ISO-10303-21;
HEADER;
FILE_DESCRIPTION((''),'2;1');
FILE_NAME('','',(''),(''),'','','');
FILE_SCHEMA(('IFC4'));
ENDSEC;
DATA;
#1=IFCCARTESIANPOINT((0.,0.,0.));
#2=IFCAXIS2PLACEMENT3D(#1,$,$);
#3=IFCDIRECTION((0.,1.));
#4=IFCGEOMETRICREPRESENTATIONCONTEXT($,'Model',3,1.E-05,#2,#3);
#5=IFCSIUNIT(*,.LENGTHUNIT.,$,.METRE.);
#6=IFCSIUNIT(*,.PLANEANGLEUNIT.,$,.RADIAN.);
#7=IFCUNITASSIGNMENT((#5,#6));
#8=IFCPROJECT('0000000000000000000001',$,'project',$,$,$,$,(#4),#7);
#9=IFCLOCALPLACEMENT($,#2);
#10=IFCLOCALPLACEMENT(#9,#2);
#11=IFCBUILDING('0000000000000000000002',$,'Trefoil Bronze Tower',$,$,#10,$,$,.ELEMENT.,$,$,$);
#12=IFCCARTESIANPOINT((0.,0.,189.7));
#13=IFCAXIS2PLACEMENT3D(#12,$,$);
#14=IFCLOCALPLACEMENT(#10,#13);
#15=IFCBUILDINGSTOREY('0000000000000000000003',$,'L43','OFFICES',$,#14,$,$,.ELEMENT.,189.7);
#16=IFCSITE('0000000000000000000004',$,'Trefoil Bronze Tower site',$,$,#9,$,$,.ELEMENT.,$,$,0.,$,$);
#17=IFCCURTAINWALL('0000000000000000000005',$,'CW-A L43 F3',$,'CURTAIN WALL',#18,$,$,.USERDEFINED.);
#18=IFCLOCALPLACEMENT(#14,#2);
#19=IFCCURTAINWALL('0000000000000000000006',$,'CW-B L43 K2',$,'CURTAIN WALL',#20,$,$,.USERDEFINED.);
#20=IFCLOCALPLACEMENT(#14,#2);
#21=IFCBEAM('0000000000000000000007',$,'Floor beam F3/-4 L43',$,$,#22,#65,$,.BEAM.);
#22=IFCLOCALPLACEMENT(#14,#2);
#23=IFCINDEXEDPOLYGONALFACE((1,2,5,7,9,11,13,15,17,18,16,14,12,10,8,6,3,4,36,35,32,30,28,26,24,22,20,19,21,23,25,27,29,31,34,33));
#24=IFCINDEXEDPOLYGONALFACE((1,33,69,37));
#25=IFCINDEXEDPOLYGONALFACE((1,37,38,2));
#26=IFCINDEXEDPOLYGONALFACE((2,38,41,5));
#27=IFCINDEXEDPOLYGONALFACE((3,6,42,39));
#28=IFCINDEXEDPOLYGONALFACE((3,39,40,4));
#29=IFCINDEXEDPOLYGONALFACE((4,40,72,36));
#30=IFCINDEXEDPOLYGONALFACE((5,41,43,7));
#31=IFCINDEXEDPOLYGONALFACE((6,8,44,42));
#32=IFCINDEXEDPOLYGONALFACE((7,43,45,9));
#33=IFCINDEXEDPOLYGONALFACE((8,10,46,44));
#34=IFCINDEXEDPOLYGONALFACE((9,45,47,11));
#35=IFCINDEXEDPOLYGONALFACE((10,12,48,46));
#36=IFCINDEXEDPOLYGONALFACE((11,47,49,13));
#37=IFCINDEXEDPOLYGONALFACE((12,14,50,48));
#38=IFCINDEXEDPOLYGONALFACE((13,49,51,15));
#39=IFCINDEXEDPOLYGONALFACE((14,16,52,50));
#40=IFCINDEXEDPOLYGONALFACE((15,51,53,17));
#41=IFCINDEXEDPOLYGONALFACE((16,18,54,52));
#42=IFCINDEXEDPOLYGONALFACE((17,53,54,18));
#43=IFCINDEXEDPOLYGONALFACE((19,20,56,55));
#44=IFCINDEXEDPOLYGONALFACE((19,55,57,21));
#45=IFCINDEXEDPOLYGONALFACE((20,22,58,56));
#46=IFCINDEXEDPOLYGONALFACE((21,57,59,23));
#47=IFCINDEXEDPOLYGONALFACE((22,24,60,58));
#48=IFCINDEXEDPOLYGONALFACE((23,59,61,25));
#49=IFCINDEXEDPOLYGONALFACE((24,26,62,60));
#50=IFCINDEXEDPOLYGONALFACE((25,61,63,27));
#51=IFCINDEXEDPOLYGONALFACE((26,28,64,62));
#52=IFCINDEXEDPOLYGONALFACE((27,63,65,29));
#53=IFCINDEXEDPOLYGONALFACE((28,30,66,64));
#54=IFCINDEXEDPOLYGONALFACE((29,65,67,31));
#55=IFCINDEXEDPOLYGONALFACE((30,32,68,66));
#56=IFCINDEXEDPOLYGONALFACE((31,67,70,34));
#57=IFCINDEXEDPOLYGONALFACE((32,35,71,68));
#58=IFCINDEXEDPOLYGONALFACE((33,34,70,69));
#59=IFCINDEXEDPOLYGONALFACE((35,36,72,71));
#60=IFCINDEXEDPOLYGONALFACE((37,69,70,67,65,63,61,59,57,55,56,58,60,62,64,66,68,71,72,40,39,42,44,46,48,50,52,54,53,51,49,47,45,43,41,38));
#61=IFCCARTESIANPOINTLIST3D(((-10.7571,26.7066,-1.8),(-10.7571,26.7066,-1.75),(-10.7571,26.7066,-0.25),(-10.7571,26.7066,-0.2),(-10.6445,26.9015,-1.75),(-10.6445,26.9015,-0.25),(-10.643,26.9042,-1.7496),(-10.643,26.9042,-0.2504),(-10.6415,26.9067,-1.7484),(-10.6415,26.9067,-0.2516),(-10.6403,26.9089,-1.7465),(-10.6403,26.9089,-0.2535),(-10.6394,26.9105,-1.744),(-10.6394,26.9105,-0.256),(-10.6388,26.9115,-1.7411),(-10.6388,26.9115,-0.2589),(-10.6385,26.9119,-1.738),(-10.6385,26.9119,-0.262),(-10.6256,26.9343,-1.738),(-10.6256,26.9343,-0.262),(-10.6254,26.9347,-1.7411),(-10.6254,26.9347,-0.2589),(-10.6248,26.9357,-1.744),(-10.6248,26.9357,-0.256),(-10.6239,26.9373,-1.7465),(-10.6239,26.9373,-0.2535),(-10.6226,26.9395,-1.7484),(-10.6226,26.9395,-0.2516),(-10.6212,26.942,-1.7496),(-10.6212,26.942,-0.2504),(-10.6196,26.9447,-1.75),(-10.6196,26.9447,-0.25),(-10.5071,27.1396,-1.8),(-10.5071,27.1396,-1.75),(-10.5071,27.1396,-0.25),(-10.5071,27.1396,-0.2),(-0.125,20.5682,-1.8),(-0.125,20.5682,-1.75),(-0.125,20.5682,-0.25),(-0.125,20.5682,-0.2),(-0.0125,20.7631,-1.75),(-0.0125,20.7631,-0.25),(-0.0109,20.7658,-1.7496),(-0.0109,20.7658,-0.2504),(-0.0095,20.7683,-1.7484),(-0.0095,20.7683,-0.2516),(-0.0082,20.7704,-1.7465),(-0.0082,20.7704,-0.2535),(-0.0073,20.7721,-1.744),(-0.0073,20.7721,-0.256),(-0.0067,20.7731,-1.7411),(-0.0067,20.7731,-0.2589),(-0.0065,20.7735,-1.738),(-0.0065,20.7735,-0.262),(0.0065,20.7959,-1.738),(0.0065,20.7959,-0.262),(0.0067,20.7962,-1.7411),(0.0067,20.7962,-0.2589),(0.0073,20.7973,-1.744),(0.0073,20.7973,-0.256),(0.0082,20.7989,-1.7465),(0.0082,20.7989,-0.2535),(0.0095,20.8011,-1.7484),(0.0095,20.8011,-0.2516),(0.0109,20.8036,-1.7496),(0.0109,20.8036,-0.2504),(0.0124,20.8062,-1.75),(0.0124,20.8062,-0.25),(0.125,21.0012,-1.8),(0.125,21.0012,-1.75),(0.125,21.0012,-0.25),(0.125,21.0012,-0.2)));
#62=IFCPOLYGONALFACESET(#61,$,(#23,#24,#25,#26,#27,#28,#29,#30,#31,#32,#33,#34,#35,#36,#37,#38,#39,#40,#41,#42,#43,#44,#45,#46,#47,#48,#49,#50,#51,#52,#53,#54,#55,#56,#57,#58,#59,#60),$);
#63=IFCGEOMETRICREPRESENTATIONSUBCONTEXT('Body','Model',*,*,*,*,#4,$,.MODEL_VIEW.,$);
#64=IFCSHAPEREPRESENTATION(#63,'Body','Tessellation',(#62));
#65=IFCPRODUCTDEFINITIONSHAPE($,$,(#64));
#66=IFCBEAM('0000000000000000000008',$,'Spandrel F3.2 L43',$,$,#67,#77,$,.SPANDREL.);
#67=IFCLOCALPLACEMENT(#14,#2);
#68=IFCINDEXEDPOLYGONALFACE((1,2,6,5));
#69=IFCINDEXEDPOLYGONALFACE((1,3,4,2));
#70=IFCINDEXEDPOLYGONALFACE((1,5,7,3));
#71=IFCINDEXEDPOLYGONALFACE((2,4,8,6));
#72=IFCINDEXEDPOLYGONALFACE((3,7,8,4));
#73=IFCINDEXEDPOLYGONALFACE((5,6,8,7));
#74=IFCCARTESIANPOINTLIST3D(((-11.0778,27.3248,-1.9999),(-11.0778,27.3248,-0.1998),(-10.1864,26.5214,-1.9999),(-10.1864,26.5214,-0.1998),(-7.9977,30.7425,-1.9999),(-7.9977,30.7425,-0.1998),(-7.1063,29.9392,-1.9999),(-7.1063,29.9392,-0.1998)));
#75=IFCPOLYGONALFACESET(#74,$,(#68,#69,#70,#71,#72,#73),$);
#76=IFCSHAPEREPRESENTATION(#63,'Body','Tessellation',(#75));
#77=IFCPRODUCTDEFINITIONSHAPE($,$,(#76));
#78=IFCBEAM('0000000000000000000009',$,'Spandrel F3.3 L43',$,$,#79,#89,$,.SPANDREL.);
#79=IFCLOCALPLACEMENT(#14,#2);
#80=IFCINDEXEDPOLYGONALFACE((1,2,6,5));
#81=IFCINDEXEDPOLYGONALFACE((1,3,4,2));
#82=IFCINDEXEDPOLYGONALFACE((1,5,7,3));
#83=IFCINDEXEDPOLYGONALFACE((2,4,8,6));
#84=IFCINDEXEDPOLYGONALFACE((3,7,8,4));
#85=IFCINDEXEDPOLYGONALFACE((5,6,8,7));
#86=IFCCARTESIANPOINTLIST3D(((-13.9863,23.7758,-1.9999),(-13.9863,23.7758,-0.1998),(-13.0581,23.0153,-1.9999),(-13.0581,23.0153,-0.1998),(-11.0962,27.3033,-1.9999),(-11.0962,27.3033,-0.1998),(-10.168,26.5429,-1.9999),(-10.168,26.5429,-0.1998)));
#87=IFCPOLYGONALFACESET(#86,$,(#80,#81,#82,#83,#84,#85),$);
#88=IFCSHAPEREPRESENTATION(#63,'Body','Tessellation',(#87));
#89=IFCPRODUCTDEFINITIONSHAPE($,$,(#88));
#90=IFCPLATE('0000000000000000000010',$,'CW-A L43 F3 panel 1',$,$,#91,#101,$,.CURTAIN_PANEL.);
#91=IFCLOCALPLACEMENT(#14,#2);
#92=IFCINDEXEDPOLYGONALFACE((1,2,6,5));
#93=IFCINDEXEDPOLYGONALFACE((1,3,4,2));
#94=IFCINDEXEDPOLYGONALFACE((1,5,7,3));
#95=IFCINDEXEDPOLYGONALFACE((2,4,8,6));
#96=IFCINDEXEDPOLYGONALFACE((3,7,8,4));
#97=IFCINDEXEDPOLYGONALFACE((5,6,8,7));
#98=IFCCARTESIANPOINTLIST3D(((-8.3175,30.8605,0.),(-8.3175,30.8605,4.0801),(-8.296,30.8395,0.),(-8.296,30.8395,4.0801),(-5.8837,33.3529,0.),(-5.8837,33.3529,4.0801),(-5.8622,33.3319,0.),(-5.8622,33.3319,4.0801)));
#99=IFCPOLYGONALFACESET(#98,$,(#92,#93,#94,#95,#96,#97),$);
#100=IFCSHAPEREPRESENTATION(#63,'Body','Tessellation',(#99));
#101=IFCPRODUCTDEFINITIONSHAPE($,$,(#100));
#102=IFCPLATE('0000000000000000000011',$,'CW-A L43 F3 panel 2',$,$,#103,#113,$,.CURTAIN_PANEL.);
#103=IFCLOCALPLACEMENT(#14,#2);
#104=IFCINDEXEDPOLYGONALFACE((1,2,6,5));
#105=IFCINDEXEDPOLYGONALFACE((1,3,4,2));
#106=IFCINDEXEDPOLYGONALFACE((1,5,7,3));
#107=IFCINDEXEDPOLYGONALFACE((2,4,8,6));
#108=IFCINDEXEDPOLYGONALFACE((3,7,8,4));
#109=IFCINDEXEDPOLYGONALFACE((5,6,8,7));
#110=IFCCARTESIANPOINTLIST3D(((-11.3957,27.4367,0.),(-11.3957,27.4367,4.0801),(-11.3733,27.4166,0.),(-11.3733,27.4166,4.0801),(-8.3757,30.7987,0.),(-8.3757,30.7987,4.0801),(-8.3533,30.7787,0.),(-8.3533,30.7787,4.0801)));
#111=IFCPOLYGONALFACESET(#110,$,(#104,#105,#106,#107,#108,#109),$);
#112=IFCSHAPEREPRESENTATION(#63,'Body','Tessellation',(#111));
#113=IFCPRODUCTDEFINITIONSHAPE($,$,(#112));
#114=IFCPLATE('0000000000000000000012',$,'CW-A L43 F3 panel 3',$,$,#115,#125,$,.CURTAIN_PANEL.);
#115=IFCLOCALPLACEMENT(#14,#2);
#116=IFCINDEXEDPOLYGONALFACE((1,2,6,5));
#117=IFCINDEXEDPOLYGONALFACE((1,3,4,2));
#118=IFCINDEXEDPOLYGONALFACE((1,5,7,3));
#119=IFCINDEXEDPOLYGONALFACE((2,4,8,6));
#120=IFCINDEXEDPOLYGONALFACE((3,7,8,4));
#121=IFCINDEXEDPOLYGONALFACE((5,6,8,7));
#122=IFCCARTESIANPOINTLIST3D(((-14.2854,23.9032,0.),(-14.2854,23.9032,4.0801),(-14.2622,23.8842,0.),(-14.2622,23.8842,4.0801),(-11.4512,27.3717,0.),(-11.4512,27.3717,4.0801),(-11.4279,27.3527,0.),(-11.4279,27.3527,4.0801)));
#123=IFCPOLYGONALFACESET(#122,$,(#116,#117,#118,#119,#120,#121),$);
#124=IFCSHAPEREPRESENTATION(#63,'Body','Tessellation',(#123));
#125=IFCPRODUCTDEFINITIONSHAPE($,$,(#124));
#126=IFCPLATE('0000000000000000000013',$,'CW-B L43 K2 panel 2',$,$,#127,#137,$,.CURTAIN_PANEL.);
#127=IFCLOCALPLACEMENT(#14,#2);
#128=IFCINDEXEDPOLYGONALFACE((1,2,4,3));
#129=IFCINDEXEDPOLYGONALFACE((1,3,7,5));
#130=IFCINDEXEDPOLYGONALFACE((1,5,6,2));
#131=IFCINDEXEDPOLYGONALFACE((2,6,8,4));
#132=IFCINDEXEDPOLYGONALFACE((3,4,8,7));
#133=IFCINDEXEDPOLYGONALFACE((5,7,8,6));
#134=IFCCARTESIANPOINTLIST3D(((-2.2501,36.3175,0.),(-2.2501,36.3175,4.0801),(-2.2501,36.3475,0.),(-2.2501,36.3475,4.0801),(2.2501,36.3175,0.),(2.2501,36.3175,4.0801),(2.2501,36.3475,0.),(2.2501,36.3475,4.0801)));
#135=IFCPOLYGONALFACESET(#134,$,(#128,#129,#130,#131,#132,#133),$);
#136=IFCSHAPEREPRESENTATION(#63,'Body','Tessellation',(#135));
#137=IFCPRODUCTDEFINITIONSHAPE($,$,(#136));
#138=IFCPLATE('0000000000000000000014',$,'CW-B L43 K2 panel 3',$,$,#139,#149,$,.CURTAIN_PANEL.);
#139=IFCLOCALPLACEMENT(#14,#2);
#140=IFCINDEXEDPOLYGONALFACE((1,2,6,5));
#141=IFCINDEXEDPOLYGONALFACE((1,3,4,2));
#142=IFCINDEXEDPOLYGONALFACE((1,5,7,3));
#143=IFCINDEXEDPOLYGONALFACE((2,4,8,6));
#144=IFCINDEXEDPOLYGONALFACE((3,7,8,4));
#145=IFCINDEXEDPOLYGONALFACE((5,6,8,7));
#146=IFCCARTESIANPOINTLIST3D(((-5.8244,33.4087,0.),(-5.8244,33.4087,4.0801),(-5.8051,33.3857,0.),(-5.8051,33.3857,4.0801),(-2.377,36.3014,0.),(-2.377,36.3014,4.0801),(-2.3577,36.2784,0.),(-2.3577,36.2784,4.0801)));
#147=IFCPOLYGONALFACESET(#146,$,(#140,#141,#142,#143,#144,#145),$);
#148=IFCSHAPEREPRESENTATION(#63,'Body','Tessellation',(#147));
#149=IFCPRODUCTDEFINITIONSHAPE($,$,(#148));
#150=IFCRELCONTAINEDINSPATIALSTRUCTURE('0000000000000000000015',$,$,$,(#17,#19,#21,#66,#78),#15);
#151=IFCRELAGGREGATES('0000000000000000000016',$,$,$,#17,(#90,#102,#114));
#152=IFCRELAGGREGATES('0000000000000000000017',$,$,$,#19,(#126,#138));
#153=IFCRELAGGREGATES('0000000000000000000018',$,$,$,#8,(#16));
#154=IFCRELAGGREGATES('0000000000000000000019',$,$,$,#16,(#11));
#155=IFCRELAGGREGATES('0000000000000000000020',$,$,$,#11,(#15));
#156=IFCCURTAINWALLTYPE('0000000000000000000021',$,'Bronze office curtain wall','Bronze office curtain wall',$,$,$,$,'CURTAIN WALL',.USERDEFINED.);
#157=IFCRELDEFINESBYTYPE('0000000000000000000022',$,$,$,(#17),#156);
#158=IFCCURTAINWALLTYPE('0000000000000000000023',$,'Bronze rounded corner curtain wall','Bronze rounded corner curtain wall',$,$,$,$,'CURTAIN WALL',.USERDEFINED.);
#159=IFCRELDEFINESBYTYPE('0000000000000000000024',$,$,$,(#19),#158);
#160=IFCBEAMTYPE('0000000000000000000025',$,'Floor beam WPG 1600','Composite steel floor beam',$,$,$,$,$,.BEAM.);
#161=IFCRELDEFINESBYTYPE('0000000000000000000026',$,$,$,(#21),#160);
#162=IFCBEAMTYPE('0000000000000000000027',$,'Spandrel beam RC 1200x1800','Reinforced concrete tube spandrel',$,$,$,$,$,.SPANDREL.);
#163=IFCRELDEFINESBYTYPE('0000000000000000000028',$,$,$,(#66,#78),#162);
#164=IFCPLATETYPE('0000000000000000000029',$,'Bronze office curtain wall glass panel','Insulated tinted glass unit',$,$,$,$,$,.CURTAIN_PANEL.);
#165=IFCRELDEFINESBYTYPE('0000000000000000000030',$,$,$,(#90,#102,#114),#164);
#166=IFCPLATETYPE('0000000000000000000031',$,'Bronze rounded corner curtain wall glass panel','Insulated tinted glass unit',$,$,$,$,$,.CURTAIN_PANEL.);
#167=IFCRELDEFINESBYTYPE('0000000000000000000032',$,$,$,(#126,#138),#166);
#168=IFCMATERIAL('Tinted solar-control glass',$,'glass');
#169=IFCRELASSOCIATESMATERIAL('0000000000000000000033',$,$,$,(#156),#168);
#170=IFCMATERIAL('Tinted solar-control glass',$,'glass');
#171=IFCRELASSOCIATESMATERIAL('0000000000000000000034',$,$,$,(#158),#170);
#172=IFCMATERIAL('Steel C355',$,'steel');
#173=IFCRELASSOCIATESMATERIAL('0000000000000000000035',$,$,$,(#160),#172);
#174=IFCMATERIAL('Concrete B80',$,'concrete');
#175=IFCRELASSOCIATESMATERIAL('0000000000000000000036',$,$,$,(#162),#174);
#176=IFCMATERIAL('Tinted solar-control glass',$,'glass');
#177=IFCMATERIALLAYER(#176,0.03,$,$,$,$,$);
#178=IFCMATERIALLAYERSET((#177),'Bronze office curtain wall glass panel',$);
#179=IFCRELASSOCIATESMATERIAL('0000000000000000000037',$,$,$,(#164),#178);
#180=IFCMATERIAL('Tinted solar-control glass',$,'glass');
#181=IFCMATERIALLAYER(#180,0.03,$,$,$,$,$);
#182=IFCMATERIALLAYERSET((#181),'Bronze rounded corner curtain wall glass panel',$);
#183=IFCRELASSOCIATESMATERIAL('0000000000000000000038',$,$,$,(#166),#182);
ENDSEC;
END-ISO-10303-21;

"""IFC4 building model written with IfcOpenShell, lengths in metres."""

from ifc_helpers import new_model, si_unit, direction, frame, origin, origin_2d, place, context, subcontext, project, spatial, rectangle, i_section, extrude, material, layer, layer_set, material_profile, profile_set, type_object, element, aggregate, save


model = new_model("IFC4")

# Units and contexts
model_context = context("Model", 3, precision=1e-05, world=origin(), true_north=direction((0.0, 1.0)))
body_context = subcontext(model_context, "Body", "Model", "MODEL_VIEW")
ifc_project = project(units=[si_unit("LENGTHUNIT", "METRE"), si_unit("PLANEANGLEUNIT", "RADIAN")], contexts=[model_context])

# Site, building, storey
site_placement = place(None, origin())
site = spatial("IfcSite", under=ifc_project, at=site_placement, Name="Trefoil Bronze Tower site", CompositionType="ELEMENT", RefElevation=0.0)
building_placement = place(site_placement, origin())
building = spatial("IfcBuilding", under=site, at=building_placement, Name="Trefoil Bronze Tower", CompositionType="ELEMENT")
storey_placement = place(building_placement, frame((0.0, 0.0, 189.7)))
storey = spatial("IfcBuildingStorey", under=building, at=storey_placement, Name="L43", Description="OFFICES", CompositionType="ELEMENT", Elevation=189.7)

# Curtain walls
ifc_material_1 = material(Name="Tinted solar-control glass", Category="glass")
curtain_wall_type_1 = type_object("IfcCurtainWallType", Name="Bronze office curtain wall", Description="Bronze office curtain wall", ElementType="CURTAIN WALL", PredefinedType="USERDEFINED", material=ifc_material_1)
curtain_wall_1_placement = place(storey_placement, origin())
curtain_wall_1 = element("IfcCurtainWall", 1, at=curtain_wall_1_placement, inside=storey, type_object=curtain_wall_type_1, Name="CW-A L43 F3", ObjectType="CURTAIN WALL", PredefinedType="USERDEFINED")
ifc_material_2 = material(Name="Tinted solar-control glass", Category="glass")
curtain_wall_type_2 = type_object("IfcCurtainWallType", Name="Bronze rounded corner curtain wall", Description="Bronze rounded corner curtain wall", ElementType="CURTAIN WALL", PredefinedType="USERDEFINED", material=ifc_material_2)
curtain_wall_2_placement = place(storey_placement, origin())
curtain_wall_2 = element("IfcCurtainWall", 2, at=curtain_wall_2_placement, inside=storey, type_object=curtain_wall_type_2, Name="CW-B L43 K2", ObjectType="CURTAIN WALL", PredefinedType="USERDEFINED")

# Beams
ifc_material_3 = material(Name="Steel C355", Category="steel")
ifc_material_profile_1 = material_profile(ifc_material_3, i_section(OverallWidth=0.5, OverallDepth=1.6001, WebThickness=0.0259, FlangeThickness=0.05, FilletRadius=0.012, at=origin_2d()), Name="WPG 1600")
ifc_profile_set_1 = profile_set([ifc_material_profile_1], Name="Steel C355")
beam_type_1 = type_object("IfcBeamType", Name="Floor beam WPG 1600", Description="Composite steel floor beam", PredefinedType="BEAM", material=ifc_profile_set_1)
beam_1_placement = place(storey_placement, frame((-10.6321, 26.9231, -1.0), z_axis=(0.866026, -0.5, 0.0), x_axis=(0.5, 0.866026, 0.0)))
element("IfcBeam", 3, at=beam_1_placement, inside=storey, type_object=beam_type_1, Name="Floor beam F3/-4 L43", PredefinedType="BEAM", context=body_context, shape_type="SweptSolid", body=[
    extrude(i_section(OverallWidth=0.5, OverallDepth=1.6001, WebThickness=0.0259, FlangeThickness=0.05, FilletRadius=0.012, at=origin_2d()), origin(), (0.0, 0.0, 1.0), 12.2769),
])
ifc_material_4 = material(Name="Concrete B80", Category="concrete")
ifc_material_profile_2 = material_profile(ifc_material_4, rectangle(XDim=1.2, YDim=1.8, at=origin_2d()), Name="RC 1200x1800")
ifc_profile_set_2 = profile_set([ifc_material_profile_2], Name="Concrete B80")
beam_type_2 = type_object("IfcBeamType", Name="Spandrel beam RC 1200x1800", Description="Reinforced concrete tube spandrel", PredefinedType="SPANDREL", material=ifc_profile_set_2)
beam_2_placement = place(storey_placement, frame((-7.552, 30.3408, -1.0999), z_axis=(-0.66946, -0.742848, 0.0), x_axis=(0.742848, -0.66946, 0.0)))
element("IfcBeam", 4, at=beam_2_placement, inside=storey, type_object=beam_type_2, Name="Spandrel F3.2 L43", PredefinedType="SPANDREL", context=body_context, shape_type="SweptSolid", body=[
    extrude(rectangle(XDim=1.2, YDim=1.8, at=origin_2d()), origin(), (0.0, 0.0, 1.0), 4.6008),
])
beam_3_placement = place(storey_placement, frame((-10.6321, 26.9231, -1.0999), z_axis=(-0.633754, -0.773535, 0.0), x_axis=(0.773535, -0.633754, 0.0)))
element("IfcBeam", 5, at=beam_3_placement, inside=storey, type_object=beam_type_2, Name="Spandrel F3.3 L43", PredefinedType="SPANDREL", context=body_context, shape_type="SweptSolid", body=[
    extrude(rectangle(XDim=1.2, YDim=1.8, at=origin_2d()), origin(), (0.0, 0.0, 1.0), 4.5603),
])

# Plates
ifc_material_5 = material(Name="Tinted solar-control glass", Category="glass")
ifc_layer_1 = layer(ifc_material_5, 0.03)
ifc_layer_set_1 = layer_set([ifc_layer_1], Name="Bronze office curtain wall glass panel")
plate_type_1 = type_object("IfcPlateType", Name="Bronze office curtain wall glass panel", Description="Insulated tinted glass unit", PredefinedType="CURTAIN_PANEL", material=ifc_layer_set_1)
plate_1_placement = place(storey_placement, frame((-7.0898, 32.0962, 0.0), z_axis=(0.0, 0.0, 1.0), x_axis=(-0.698652, -0.715462, 0.0)))
plate_1 = element("IfcPlate", 6, at=plate_1_placement, type_object=plate_type_1, Name="CW-A L43 F3 panel 1", PredefinedType="CURTAIN_PANEL", context=body_context, shape_type="SweptSolid", body=[
    extrude(rectangle(XDim=3.4836, YDim=0.03, at=origin_2d()), origin(), (0.0, 0.0, 1.0), 4.0801),
])
plate_2_placement = place(storey_placement, frame((-9.8745, 29.1077, 0.0), z_axis=(0.0, 0.0, 1.0), x_axis=(-0.668246, -0.743941, 0.0)))
plate_2 = element("IfcPlate", 7, at=plate_2_placement, type_object=plate_type_1, Name="CW-A L43 F3 panel 2", PredefinedType="CURTAIN_PANEL", context=body_context, shape_type="SweptSolid", body=[
    extrude(rectangle(XDim=4.5193, YDim=0.03, at=origin_2d()), origin(), (0.0, 0.0, 1.0), 4.0801),
])
plate_3_placement = place(storey_placement, frame((-12.8567, 25.6279, 0.0), z_axis=(0.0, 0.0, 1.0), x_axis=(-0.632753, -0.774354, 0.0)))
plate_3 = element("IfcPlate", 8, at=plate_3_placement, type_object=plate_type_1, Name="CW-A L43 F3 panel 3", PredefinedType="CURTAIN_PANEL", context=body_context, shape_type="SweptSolid", body=[
    extrude(rectangle(XDim=4.4792, YDim=0.03, at=origin_2d()), origin(), (0.0, 0.0, 1.0), 4.0801),
])
aggregate(curtain_wall_1, [plate_1, plate_2, plate_3])
ifc_material_6 = material(Name="Tinted solar-control glass", Category="glass")
ifc_layer_2 = layer(ifc_material_6, 0.03)
ifc_layer_set_2 = layer_set([ifc_layer_2], Name="Bronze rounded corner curtain wall glass panel")
plate_type_2 = type_object("IfcPlateType", Name="Bronze rounded corner curtain wall glass panel", Description="Insulated tinted glass unit", PredefinedType="CURTAIN_PANEL", material=ifc_layer_set_2)
plate_4_placement = place(storey_placement, frame((0.0, 36.3325, 0.0), z_axis=(0.0, 0.0, 1.0), x_axis=(-1.0, 0.0, 0.0)))
plate_4 = element("IfcPlate", 9, at=plate_4_placement, type_object=plate_type_2, Name="CW-B L43 K2 panel 2", PredefinedType="CURTAIN_PANEL", context=body_context, shape_type="SweptSolid", body=[
    extrude(rectangle(XDim=4.5002, YDim=0.03, at=origin_2d()), origin(), (0.0, 0.0, 1.0), 4.0801),
])
plate_5_placement = place(storey_placement, frame((-4.0911, 34.8435, 0.0), z_axis=(0.0, 0.0, 1.0), x_axis=(-0.766044, -0.642788, 0.0)))
plate_5 = element("IfcPlate", 10, at=plate_5_placement, type_object=plate_type_2, Name="CW-B L43 K2 panel 3", PredefinedType="CURTAIN_PANEL", context=body_context, shape_type="SweptSolid", body=[
    extrude(rectangle(XDim=4.5002, YDim=0.03, at=origin_2d()), origin(), (0.0, 0.0, 1.0), 4.0801),
])
aggregate(curtain_wall_2, [plate_4, plate_5])

save(model, "model.ifc")
